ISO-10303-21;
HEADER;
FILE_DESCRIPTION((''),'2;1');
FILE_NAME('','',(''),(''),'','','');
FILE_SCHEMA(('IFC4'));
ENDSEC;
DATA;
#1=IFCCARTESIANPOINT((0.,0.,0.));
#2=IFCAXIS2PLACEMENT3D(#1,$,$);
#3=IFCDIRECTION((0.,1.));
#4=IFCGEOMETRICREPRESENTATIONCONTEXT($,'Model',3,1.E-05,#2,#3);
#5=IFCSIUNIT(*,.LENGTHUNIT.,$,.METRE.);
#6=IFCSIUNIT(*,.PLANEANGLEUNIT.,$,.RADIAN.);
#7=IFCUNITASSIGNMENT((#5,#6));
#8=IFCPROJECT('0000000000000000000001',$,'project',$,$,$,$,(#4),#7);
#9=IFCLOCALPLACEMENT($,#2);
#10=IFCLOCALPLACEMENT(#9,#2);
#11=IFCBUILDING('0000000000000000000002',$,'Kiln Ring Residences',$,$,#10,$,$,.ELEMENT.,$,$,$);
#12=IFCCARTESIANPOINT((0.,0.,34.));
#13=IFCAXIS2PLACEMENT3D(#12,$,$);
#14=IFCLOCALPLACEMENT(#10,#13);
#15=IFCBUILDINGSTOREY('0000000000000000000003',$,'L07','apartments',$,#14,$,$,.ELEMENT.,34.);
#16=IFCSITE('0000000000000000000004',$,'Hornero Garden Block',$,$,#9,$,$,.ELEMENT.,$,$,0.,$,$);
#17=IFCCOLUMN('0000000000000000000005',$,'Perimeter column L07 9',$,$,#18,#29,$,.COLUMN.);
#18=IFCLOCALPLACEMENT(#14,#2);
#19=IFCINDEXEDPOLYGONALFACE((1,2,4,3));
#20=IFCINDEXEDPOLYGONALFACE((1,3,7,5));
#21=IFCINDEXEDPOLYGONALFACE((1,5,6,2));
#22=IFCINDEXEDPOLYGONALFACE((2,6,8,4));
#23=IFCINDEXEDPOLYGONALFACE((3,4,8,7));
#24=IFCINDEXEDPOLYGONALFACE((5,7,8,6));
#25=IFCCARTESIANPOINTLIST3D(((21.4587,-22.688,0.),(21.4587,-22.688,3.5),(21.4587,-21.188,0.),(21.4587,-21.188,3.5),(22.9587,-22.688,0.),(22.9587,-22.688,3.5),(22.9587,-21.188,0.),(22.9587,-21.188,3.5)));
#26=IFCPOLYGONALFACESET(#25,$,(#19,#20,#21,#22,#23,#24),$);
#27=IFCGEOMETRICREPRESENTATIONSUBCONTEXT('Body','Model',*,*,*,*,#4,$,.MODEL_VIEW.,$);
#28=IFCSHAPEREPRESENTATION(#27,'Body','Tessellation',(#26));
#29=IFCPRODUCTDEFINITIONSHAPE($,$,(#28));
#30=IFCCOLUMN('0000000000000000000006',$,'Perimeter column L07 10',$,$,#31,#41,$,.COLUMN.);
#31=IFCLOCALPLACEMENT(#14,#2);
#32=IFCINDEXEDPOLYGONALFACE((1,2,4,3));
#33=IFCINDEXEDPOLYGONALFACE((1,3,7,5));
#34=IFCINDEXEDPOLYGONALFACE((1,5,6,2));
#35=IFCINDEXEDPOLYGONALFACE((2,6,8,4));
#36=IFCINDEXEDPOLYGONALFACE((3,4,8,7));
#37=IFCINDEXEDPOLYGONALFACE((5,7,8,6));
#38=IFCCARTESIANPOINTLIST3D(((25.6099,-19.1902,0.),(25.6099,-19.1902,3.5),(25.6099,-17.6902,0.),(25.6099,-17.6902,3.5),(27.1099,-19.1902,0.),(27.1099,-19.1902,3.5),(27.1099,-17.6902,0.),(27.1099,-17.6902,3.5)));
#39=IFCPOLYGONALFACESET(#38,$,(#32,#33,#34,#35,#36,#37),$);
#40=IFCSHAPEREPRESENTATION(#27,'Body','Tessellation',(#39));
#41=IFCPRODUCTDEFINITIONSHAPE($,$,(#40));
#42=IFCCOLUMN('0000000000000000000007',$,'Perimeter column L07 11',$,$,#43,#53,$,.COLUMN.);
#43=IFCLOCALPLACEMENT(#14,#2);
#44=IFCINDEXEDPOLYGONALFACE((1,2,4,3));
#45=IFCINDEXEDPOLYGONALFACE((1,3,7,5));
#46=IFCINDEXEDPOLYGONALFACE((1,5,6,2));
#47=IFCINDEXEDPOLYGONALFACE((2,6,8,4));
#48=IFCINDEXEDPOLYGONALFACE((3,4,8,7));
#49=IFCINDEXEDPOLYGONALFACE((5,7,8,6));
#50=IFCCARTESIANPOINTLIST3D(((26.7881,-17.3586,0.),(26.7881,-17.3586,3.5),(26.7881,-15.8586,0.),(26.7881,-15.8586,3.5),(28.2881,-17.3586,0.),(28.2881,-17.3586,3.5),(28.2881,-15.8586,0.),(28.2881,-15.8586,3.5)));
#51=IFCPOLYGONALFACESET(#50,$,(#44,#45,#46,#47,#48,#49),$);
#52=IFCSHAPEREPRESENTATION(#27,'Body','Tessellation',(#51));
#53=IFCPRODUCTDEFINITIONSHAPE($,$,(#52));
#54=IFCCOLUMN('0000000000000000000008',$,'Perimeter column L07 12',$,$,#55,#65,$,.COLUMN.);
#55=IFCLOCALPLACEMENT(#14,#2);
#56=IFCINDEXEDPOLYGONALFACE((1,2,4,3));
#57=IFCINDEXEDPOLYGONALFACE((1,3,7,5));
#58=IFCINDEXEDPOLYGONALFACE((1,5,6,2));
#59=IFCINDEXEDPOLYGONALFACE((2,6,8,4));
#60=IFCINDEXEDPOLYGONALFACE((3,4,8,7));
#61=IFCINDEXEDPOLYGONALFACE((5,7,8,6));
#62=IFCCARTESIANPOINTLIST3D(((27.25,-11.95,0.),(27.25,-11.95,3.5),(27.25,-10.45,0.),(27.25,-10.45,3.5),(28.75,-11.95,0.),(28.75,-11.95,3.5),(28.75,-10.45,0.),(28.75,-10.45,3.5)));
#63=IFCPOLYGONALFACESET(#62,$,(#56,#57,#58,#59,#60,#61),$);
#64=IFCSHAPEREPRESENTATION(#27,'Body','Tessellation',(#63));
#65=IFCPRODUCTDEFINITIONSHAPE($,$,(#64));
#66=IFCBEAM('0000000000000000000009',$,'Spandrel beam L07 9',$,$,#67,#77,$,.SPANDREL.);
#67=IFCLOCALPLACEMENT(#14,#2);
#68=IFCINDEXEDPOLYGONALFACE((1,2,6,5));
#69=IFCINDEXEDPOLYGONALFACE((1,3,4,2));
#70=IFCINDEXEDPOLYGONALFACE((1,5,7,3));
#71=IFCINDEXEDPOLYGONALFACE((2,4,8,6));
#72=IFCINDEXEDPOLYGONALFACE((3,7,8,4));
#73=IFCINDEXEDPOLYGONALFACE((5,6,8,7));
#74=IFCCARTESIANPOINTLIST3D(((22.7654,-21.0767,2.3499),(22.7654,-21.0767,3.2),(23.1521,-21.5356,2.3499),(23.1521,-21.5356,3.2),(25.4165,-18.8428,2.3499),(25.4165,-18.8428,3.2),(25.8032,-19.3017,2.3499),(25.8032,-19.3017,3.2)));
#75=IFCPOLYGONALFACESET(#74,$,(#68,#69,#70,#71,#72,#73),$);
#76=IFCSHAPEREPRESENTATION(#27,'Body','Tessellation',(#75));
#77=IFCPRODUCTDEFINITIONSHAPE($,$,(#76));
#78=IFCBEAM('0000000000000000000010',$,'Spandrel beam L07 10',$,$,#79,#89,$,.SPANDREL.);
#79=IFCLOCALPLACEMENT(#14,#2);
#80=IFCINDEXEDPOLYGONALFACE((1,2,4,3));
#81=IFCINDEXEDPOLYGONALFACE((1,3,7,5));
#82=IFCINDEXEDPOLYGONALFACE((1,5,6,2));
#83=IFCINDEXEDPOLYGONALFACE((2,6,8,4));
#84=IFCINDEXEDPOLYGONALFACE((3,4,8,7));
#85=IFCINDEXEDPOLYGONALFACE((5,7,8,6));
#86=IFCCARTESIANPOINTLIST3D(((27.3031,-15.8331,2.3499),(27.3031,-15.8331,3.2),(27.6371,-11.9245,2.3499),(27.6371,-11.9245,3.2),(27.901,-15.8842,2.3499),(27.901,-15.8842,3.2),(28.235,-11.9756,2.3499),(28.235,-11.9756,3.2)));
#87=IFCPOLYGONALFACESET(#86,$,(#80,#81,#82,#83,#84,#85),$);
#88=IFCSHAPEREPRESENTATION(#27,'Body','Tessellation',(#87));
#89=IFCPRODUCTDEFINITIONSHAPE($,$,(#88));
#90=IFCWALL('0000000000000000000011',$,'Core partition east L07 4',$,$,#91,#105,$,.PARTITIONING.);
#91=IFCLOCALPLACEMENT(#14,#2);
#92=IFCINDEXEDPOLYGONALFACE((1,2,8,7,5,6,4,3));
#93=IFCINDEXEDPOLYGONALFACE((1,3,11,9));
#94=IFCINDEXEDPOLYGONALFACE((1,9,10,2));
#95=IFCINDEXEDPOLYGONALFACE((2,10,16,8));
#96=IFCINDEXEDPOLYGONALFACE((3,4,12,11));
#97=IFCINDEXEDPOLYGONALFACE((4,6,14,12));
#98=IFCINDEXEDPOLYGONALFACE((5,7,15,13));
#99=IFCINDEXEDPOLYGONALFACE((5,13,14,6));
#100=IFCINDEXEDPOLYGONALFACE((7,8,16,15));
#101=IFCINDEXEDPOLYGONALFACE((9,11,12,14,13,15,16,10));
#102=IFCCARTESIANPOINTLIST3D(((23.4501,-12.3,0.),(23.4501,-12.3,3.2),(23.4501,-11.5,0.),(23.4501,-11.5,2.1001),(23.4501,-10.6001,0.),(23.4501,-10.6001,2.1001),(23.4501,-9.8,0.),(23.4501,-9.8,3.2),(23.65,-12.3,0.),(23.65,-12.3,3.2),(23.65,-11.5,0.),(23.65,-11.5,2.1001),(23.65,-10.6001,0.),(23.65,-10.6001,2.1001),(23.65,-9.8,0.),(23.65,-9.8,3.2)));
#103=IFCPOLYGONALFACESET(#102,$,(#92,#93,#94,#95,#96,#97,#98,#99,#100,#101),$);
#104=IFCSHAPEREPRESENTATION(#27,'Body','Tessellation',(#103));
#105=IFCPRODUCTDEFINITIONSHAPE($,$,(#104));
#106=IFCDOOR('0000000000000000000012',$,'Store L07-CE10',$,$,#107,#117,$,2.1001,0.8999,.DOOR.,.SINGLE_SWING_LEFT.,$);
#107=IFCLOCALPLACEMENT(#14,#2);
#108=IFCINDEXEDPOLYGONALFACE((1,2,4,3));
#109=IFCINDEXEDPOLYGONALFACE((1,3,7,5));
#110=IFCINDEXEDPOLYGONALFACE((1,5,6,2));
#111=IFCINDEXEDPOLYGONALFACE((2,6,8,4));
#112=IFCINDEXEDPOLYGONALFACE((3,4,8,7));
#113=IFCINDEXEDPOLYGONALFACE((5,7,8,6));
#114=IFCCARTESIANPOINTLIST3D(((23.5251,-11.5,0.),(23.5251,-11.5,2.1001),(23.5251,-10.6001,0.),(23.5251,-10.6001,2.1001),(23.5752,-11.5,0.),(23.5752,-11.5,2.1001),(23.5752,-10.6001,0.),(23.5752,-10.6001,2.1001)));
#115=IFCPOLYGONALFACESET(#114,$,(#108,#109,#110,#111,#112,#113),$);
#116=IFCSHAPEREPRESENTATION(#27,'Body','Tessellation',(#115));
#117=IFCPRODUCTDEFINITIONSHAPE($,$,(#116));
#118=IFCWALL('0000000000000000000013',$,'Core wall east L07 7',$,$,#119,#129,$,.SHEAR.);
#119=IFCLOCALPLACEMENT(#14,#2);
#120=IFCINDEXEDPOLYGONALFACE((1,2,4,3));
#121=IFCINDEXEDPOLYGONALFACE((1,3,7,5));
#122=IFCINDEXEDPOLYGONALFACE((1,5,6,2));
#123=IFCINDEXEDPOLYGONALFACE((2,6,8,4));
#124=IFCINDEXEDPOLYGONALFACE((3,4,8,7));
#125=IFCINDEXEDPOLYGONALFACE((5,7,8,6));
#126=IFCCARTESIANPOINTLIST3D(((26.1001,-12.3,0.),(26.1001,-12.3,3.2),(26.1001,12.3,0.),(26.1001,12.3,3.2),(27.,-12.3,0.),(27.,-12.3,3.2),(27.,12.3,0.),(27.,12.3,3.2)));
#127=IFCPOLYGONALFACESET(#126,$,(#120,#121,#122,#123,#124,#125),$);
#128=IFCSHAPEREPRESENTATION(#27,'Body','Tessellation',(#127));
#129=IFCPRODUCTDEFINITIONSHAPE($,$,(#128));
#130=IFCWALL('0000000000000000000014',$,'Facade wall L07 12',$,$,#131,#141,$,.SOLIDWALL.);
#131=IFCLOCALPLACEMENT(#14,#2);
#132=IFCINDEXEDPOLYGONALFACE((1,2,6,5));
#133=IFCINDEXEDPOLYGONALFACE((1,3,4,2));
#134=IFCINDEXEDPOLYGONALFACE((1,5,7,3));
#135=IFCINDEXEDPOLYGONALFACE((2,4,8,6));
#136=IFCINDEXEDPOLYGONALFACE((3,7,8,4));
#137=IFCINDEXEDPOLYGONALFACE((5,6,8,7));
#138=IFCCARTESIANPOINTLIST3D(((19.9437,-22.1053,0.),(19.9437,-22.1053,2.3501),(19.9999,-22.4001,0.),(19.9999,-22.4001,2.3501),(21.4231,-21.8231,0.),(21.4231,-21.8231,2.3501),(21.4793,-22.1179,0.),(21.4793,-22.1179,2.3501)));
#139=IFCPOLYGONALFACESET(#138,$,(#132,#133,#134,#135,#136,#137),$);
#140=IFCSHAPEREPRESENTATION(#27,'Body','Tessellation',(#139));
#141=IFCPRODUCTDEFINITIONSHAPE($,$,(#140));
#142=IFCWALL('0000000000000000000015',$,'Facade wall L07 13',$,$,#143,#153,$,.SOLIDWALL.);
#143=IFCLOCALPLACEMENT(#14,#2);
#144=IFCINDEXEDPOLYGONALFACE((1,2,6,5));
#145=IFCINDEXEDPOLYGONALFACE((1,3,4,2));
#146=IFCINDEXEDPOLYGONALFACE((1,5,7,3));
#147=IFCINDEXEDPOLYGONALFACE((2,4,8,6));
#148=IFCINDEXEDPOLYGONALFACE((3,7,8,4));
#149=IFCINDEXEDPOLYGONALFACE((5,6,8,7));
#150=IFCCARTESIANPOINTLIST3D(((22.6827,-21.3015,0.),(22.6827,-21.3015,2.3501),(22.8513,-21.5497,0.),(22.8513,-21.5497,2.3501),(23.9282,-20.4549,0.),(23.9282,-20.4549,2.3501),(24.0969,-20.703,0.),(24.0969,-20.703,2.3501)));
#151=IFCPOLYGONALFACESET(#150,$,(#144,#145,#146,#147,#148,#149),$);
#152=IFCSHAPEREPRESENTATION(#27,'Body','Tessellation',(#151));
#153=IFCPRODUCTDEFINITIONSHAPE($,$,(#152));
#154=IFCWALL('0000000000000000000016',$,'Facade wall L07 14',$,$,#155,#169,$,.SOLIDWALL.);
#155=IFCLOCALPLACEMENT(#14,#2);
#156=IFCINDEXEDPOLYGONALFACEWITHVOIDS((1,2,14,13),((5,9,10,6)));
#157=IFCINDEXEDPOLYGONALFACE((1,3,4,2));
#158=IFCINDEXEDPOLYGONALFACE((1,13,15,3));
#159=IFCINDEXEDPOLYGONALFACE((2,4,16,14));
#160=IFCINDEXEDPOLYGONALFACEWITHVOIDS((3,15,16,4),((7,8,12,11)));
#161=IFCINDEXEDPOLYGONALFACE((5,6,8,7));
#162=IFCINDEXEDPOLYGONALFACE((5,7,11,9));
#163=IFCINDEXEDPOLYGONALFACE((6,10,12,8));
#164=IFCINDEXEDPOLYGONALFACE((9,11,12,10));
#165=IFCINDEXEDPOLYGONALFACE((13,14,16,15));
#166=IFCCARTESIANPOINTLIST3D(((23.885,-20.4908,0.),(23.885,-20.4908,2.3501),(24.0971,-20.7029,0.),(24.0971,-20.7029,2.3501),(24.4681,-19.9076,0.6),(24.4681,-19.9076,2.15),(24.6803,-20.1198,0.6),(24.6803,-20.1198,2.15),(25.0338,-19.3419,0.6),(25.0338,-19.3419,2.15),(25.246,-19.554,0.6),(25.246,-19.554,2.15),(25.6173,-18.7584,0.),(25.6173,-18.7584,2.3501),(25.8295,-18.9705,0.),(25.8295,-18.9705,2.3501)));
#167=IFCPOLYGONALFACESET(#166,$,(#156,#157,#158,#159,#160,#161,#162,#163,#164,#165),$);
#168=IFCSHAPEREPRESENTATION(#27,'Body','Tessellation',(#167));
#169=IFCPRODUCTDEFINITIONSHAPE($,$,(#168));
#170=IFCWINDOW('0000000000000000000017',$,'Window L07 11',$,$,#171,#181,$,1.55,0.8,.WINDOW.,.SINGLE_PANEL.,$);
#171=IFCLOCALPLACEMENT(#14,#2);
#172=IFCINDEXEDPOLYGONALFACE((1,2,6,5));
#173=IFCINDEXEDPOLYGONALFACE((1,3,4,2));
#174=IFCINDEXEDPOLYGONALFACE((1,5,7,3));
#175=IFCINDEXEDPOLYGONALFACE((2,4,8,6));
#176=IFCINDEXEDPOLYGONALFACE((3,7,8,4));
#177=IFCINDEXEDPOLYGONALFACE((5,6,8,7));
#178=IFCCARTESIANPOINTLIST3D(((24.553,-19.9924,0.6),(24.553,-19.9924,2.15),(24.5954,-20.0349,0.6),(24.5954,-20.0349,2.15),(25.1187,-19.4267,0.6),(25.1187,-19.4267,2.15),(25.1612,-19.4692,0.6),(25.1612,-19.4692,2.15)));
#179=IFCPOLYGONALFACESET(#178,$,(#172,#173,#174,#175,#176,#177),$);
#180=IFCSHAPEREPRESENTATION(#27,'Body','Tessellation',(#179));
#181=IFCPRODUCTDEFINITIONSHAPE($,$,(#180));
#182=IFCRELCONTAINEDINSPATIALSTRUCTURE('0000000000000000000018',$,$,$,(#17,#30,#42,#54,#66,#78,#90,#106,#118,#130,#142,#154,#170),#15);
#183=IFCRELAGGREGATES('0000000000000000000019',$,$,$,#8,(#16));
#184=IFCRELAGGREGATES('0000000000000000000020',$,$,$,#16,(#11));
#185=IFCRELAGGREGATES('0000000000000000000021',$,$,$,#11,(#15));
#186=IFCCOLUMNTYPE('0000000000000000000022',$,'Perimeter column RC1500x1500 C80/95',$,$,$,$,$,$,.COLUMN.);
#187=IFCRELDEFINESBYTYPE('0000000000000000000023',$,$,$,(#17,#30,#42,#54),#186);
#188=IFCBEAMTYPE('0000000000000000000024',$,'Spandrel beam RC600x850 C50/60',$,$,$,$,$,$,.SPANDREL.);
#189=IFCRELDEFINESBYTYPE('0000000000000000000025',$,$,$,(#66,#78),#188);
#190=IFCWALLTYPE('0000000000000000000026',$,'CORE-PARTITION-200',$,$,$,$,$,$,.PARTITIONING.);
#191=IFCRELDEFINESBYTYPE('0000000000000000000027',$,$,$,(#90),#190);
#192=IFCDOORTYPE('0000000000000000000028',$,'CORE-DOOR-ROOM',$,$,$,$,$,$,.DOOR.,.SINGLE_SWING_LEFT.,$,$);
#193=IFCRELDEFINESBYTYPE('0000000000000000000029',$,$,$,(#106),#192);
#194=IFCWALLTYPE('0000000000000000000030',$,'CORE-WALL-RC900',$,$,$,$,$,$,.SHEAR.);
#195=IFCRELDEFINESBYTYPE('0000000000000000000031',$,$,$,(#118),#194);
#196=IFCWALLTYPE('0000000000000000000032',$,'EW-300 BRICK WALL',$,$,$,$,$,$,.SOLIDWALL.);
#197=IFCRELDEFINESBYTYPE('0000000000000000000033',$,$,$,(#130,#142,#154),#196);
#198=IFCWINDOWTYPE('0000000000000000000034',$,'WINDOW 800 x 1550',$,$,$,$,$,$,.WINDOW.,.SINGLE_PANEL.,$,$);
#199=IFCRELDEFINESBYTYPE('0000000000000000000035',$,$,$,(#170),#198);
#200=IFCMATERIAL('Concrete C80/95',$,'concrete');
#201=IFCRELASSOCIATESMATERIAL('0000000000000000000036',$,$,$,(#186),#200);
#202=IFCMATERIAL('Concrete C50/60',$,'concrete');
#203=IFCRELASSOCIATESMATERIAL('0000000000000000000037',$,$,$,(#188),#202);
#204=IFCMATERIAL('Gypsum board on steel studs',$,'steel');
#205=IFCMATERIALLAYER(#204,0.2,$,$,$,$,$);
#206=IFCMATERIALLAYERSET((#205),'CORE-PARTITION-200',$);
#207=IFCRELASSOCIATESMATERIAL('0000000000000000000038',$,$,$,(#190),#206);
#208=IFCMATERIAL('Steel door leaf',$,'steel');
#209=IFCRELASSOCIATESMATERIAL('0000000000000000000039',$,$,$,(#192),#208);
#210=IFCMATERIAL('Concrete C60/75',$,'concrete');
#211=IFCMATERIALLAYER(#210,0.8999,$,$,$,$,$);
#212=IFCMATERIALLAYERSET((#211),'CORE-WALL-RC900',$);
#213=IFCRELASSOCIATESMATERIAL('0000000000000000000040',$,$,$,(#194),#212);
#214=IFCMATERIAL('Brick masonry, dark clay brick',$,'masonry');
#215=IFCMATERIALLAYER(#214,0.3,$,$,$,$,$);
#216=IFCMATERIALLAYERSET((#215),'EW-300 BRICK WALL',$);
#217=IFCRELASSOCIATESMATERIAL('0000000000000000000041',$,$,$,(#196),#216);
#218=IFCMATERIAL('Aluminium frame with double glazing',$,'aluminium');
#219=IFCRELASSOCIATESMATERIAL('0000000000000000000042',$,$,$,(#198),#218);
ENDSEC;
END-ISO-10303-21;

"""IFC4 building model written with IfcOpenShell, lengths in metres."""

from ifc_helpers import new_model, si_unit, direction, frame, frame_2d, origin, origin_2d, place, context, subcontext, project, spatial, rectangle, extrude, material, layer, layer_set, material_profile, profile_set, type_object, element, fill, save


model = new_model("IFC4")

# Units and contexts
model_context = context("Model", 3, precision=1e-05, world=origin(), true_north=direction((0.0, 1.0)))
body_context = subcontext(model_context, "Body", "Model", "MODEL_VIEW")
ifc_project = project(units=[si_unit("LENGTHUNIT", "METRE"), si_unit("PLANEANGLEUNIT", "RADIAN")], contexts=[model_context])

# Site, building, storey
site_placement = place(None, origin())
site = spatial("IfcSite", under=ifc_project, at=site_placement, Name="Hornero Garden Block", CompositionType="ELEMENT", RefElevation=0.0)
building_placement = place(site_placement, origin())
building = spatial("IfcBuilding", under=site, at=building_placement, Name="Kiln Ring Residences", CompositionType="ELEMENT")
storey_placement = place(building_placement, frame((0.0, 0.0, 34.0)))
storey = spatial("IfcBuildingStorey", under=building, at=storey_placement, Name="L07", Description="apartments", CompositionType="ELEMENT", Elevation=34.0)

# Columns
ifc_material_1 = material(Name="Concrete C80/95", Category="concrete")
ifc_material_profile_1 = material_profile(ifc_material_1, rectangle(XDim=1.5, YDim=1.5, at=origin_2d()), Name="RC1500x1500")
ifc_profile_set_1 = profile_set([ifc_material_profile_1], Name="Concrete C80/95")
column_type = type_object("IfcColumnType", Name="Perimeter column RC1500x1500 C80/95", PredefinedType="COLUMN", material=ifc_profile_set_1)
for number, where, z_axis, x_axis, name in (
    (1, (22.2087, -21.938, 0.0), (0.0, 0.0, 1.0), (1.0, 0.0, 0.0), "Perimeter column L07 9"),
    (2, (26.3599, -18.4402, 0.0), (0.0, 0.0, 1.0), (1.0, 0.0, 0.0), "Perimeter column L07 10"),
    (3, (27.5381, -16.6086, 0.0), (0.0, 0.0, 1.0), (1.0, 0.0, 0.0), "Perimeter column L07 11"),
    (4, (28.0, -11.2, 0.0), (0.0, 0.0, 1.0), (1.0, 0.0, 0.0), "Perimeter column L07 12"),
):
    element("IfcColumn", number, at=place(storey_placement, frame(where, z_axis=z_axis, x_axis=x_axis)), inside=storey, type_object=column_type, Name=name, PredefinedType="COLUMN", context=body_context, shape_type="SweptSolid", body=[
        extrude(rectangle(XDim=1.5, YDim=1.5, at=origin_2d()), origin(), (0.0, 0.0, 1.0), 3.5),
    ])

# Beams
ifc_material_2 = material(Name="Concrete C50/60", Category="concrete")
ifc_material_profile_2 = material_profile(ifc_material_2, rectangle(XDim=0.6001, YDim=0.8501, at=origin_2d()), Name="RC600x850")
ifc_profile_set_2 = profile_set([ifc_material_profile_2], Name="Concrete C50/60")
beam_type = type_object("IfcBeamType", Name="Spandrel beam RC600x850 C50/60", PredefinedType="SPANDREL", material=ifc_profile_set_2)
beam_1_placement = place(storey_placement, frame((22.9587, -21.3062, 2.7749), z_axis=(0.764718, 0.644366, 0.0), x_axis=(-0.644366, 0.764718, 0.0)))
element("IfcBeam", 5, at=beam_1_placement, inside=storey, type_object=beam_type, Name="Spandrel beam L07 9", PredefinedType="SPANDREL", context=body_context, shape_type="SweptSolid", body=[
    extrude(rectangle(XDim=0.6001, YDim=0.8501, at=origin_2d()), origin(), (0.0, 0.0, 1.0), 3.4668),
])
beam_2_placement = place(storey_placement, frame((27.6021, -15.8586, 2.7749), z_axis=(0.085136, 0.996369, 0.0), x_axis=(-0.996369, 0.085136, 0.0)))
element("IfcBeam", 6, at=beam_2_placement, inside=storey, type_object=beam_type, Name="Spandrel beam L07 10", PredefinedType="SPANDREL", context=body_context, shape_type="SweptSolid", body=[
    extrude(rectangle(XDim=0.6001, YDim=0.8501, at=origin_2d()), origin(), (0.0, 0.0, 1.0), 3.9229),
])

# Wall, opening, door
ifc_material_3 = material(Name="Gypsum board on steel studs", Category="steel")
ifc_layer_1 = layer(ifc_material_3, 0.2)
ifc_layer_set_1 = layer_set([ifc_layer_1], Name="CORE-PARTITION-200")
wall_type_1 = type_object("IfcWallType", Name="CORE-PARTITION-200", PredefinedType="PARTITIONING", material=ifc_layer_set_1)
wall_1_placement = place(storey_placement, frame((23.55, -12.3, 0.0), z_axis=(0.0, 0.0, 1.0), x_axis=(0.0, 1.0, 0.0)))
wall_1 = element("IfcWall", 7, at=wall_1_placement, inside=storey, type_object=wall_type_1, Name="Core partition east L07 4", PredefinedType="PARTITIONING", context=body_context, shape_type="SweptSolid", body=[
    extrude(rectangle(XDim=2.5, YDim=0.2, at=frame_2d((1.25, 0.0))), origin(), (0.0, 0.0, 1.0), 3.2),
])
opening_1_placement = place(wall_1_placement, frame((0.8, 0.0, 0.0)))
opening_1 = element("IfcOpeningElement", 8, at=opening_1_placement, cuts=wall_1, PredefinedType="OPENING", context=body_context, shape_type="SweptSolid", body=[
    extrude(rectangle(XDim=0.8999, YDim=2.1001, at=frame_2d((0.45, 1.05))), frame((0.0, 0.1099, 0.0), z_axis=(0.0, -1.0, 0.0), x_axis=(1.0, 0.0, 0.0)), (0.0, 0.0, 1.0), 0.22),
])
ifc_material_4 = material(Name="Steel door leaf", Category="steel")
door_type_1 = type_object("IfcDoorType", Name="CORE-DOOR-ROOM", OperationType="SINGLE_SWING_LEFT", PredefinedType="DOOR", material=ifc_material_4)
door_1_placement = place(opening_1_placement, origin())
door_1 = element("IfcDoor", 9, at=door_1_placement, inside=storey, type_object=door_type_1, Name="Store L07-CE10", OperationType="SINGLE_SWING_LEFT", OverallHeight=2.1001, OverallWidth=0.8999, PredefinedType="DOOR", context=body_context, shape_type="SweptSolid", body=[
    extrude(rectangle(XDim=0.8999, YDim=2.1001, at=frame_2d((0.45, 1.05))), frame((0.0, 0.0249, 0.0), z_axis=(0.0, -1.0, 0.0), x_axis=(1.0, 0.0, 0.0)), (0.0, 0.0, 1.0), 0.05),
])
fill(opening_1, door_1)

# Walls
ifc_material_5 = material(Name="Concrete C60/75", Category="concrete")
ifc_layer_2 = layer(ifc_material_5, 0.8999)
ifc_layer_set_2 = layer_set([ifc_layer_2], Name="CORE-WALL-RC900")
wall_type_2 = type_object("IfcWallType", Name="CORE-WALL-RC900", PredefinedType="SHEAR", material=ifc_layer_set_2)
wall_2_placement = place(storey_placement, frame((26.55, -12.3, 0.0), z_axis=(0.0, 0.0, 1.0), x_axis=(0.0, 1.0, 0.0)))
element("IfcWall", 10, at=wall_2_placement, inside=storey, type_object=wall_type_2, Name="Core wall east L07 7", PredefinedType="SHEAR", context=body_context, shape_type="SweptSolid", body=[
    extrude(rectangle(XDim=24.6001, YDim=0.8999, at=frame_2d((12.3, 0.0))), origin(), (0.0, 0.0, 1.0), 3.2),
])
ifc_material_6 = material(Name="Brick masonry, dark clay brick", Category="masonry")
ifc_layer_3 = layer(ifc_material_6, 0.3)
ifc_layer_set_3 = layer_set([ifc_layer_3], Name="EW-300 BRICK WALL")
wall_type_3 = type_object("IfcWallType", Name="EW-300 BRICK WALL", PredefinedType="SOLIDWALL", material=ifc_layer_set_3)
for number, where, z_axis, x_axis, name in (
    (11, (19.9719, -22.2527, 0.0), (0.0, 0.0, 1.0), (0.982287, 0.18738, 0.0), "Facade wall L07 12"),
    (12, (22.7671, -21.4255, 0.0), (0.0, 0.0, 1.0), (0.827029, 0.562159, 0.0), "Facade wall L07 13"),
):
    element("IfcWall", number, at=place(storey_placement, frame(where, z_axis=z_axis, x_axis=x_axis)), inside=storey, type_object=wall_type_3, Name=name, PredefinedType="SOLIDWALL", context=body_context, shape_type="SweptSolid", body=[
        extrude(rectangle(XDim=1.5061, YDim=0.3, at=frame_2d((0.7529, 0.0))), origin(), (0.0, 0.0, 1.0), 2.3501),
    ])

# Wall, opening, window
wall_3_placement = place(storey_placement, frame((23.991, -20.5969, 0.0), z_axis=(0.0, 0.0, 1.0), x_axis=(0.707107, 0.707107, 0.0)))
wall_3 = element("IfcWall", 13, at=wall_3_placement, inside=storey, type_object=wall_type_3, Name="Facade wall L07 14", PredefinedType="SOLIDWALL", context=body_context, shape_type="SweptSolid", body=[
    extrude(rectangle(XDim=2.45, YDim=0.3, at=frame_2d((1.2251, 0.0))), origin(), (0.0, 0.0, 1.0), 2.3501),
])
opening_2_placement = place(wall_3_placement, frame((0.825, 0.0, 0.6001)))
opening_2 = element("IfcOpeningElement", 14, at=opening_2_placement, cuts=wall_3, PredefinedType="OPENING", context=body_context, shape_type="SweptSolid", body=[
    extrude(rectangle(XDim=0.8, YDim=1.55, at=frame_2d((0.3999, 0.7749))), frame((0.0, 0.1599, 0.0), z_axis=(0.0, -1.0, 0.0), x_axis=(1.0, 0.0, 0.0)), (0.0, 0.0, 1.0), 0.3201),
])
ifc_material_7 = material(Name="Aluminium frame with double glazing", Category="aluminium")
window_type = type_object("IfcWindowType", Name="WINDOW 800 x 1550", PartitioningType="SINGLE_PANEL", PredefinedType="WINDOW", material=ifc_material_7)
window_placement = place(opening_2_placement, origin())
window = element("IfcWindow", 15, at=window_placement, inside=storey, type_object=window_type, Name="Window L07 11", OverallHeight=1.55, OverallWidth=0.8, PartitioningType="SINGLE_PANEL", PredefinedType="WINDOW", context=body_context, shape_type="SweptSolid", body=[
    extrude(rectangle(XDim=0.8, YDim=1.55, at=frame_2d((0.3999, 0.7749))), frame((0.0, 0.03, 0.0), z_axis=(0.0, -1.0, 0.0), x_axis=(1.0, 0.0, 0.0)), (0.0, 0.0, 1.0), 0.0601),
])
fill(opening_2, window)

save(model, "model.ifc")
